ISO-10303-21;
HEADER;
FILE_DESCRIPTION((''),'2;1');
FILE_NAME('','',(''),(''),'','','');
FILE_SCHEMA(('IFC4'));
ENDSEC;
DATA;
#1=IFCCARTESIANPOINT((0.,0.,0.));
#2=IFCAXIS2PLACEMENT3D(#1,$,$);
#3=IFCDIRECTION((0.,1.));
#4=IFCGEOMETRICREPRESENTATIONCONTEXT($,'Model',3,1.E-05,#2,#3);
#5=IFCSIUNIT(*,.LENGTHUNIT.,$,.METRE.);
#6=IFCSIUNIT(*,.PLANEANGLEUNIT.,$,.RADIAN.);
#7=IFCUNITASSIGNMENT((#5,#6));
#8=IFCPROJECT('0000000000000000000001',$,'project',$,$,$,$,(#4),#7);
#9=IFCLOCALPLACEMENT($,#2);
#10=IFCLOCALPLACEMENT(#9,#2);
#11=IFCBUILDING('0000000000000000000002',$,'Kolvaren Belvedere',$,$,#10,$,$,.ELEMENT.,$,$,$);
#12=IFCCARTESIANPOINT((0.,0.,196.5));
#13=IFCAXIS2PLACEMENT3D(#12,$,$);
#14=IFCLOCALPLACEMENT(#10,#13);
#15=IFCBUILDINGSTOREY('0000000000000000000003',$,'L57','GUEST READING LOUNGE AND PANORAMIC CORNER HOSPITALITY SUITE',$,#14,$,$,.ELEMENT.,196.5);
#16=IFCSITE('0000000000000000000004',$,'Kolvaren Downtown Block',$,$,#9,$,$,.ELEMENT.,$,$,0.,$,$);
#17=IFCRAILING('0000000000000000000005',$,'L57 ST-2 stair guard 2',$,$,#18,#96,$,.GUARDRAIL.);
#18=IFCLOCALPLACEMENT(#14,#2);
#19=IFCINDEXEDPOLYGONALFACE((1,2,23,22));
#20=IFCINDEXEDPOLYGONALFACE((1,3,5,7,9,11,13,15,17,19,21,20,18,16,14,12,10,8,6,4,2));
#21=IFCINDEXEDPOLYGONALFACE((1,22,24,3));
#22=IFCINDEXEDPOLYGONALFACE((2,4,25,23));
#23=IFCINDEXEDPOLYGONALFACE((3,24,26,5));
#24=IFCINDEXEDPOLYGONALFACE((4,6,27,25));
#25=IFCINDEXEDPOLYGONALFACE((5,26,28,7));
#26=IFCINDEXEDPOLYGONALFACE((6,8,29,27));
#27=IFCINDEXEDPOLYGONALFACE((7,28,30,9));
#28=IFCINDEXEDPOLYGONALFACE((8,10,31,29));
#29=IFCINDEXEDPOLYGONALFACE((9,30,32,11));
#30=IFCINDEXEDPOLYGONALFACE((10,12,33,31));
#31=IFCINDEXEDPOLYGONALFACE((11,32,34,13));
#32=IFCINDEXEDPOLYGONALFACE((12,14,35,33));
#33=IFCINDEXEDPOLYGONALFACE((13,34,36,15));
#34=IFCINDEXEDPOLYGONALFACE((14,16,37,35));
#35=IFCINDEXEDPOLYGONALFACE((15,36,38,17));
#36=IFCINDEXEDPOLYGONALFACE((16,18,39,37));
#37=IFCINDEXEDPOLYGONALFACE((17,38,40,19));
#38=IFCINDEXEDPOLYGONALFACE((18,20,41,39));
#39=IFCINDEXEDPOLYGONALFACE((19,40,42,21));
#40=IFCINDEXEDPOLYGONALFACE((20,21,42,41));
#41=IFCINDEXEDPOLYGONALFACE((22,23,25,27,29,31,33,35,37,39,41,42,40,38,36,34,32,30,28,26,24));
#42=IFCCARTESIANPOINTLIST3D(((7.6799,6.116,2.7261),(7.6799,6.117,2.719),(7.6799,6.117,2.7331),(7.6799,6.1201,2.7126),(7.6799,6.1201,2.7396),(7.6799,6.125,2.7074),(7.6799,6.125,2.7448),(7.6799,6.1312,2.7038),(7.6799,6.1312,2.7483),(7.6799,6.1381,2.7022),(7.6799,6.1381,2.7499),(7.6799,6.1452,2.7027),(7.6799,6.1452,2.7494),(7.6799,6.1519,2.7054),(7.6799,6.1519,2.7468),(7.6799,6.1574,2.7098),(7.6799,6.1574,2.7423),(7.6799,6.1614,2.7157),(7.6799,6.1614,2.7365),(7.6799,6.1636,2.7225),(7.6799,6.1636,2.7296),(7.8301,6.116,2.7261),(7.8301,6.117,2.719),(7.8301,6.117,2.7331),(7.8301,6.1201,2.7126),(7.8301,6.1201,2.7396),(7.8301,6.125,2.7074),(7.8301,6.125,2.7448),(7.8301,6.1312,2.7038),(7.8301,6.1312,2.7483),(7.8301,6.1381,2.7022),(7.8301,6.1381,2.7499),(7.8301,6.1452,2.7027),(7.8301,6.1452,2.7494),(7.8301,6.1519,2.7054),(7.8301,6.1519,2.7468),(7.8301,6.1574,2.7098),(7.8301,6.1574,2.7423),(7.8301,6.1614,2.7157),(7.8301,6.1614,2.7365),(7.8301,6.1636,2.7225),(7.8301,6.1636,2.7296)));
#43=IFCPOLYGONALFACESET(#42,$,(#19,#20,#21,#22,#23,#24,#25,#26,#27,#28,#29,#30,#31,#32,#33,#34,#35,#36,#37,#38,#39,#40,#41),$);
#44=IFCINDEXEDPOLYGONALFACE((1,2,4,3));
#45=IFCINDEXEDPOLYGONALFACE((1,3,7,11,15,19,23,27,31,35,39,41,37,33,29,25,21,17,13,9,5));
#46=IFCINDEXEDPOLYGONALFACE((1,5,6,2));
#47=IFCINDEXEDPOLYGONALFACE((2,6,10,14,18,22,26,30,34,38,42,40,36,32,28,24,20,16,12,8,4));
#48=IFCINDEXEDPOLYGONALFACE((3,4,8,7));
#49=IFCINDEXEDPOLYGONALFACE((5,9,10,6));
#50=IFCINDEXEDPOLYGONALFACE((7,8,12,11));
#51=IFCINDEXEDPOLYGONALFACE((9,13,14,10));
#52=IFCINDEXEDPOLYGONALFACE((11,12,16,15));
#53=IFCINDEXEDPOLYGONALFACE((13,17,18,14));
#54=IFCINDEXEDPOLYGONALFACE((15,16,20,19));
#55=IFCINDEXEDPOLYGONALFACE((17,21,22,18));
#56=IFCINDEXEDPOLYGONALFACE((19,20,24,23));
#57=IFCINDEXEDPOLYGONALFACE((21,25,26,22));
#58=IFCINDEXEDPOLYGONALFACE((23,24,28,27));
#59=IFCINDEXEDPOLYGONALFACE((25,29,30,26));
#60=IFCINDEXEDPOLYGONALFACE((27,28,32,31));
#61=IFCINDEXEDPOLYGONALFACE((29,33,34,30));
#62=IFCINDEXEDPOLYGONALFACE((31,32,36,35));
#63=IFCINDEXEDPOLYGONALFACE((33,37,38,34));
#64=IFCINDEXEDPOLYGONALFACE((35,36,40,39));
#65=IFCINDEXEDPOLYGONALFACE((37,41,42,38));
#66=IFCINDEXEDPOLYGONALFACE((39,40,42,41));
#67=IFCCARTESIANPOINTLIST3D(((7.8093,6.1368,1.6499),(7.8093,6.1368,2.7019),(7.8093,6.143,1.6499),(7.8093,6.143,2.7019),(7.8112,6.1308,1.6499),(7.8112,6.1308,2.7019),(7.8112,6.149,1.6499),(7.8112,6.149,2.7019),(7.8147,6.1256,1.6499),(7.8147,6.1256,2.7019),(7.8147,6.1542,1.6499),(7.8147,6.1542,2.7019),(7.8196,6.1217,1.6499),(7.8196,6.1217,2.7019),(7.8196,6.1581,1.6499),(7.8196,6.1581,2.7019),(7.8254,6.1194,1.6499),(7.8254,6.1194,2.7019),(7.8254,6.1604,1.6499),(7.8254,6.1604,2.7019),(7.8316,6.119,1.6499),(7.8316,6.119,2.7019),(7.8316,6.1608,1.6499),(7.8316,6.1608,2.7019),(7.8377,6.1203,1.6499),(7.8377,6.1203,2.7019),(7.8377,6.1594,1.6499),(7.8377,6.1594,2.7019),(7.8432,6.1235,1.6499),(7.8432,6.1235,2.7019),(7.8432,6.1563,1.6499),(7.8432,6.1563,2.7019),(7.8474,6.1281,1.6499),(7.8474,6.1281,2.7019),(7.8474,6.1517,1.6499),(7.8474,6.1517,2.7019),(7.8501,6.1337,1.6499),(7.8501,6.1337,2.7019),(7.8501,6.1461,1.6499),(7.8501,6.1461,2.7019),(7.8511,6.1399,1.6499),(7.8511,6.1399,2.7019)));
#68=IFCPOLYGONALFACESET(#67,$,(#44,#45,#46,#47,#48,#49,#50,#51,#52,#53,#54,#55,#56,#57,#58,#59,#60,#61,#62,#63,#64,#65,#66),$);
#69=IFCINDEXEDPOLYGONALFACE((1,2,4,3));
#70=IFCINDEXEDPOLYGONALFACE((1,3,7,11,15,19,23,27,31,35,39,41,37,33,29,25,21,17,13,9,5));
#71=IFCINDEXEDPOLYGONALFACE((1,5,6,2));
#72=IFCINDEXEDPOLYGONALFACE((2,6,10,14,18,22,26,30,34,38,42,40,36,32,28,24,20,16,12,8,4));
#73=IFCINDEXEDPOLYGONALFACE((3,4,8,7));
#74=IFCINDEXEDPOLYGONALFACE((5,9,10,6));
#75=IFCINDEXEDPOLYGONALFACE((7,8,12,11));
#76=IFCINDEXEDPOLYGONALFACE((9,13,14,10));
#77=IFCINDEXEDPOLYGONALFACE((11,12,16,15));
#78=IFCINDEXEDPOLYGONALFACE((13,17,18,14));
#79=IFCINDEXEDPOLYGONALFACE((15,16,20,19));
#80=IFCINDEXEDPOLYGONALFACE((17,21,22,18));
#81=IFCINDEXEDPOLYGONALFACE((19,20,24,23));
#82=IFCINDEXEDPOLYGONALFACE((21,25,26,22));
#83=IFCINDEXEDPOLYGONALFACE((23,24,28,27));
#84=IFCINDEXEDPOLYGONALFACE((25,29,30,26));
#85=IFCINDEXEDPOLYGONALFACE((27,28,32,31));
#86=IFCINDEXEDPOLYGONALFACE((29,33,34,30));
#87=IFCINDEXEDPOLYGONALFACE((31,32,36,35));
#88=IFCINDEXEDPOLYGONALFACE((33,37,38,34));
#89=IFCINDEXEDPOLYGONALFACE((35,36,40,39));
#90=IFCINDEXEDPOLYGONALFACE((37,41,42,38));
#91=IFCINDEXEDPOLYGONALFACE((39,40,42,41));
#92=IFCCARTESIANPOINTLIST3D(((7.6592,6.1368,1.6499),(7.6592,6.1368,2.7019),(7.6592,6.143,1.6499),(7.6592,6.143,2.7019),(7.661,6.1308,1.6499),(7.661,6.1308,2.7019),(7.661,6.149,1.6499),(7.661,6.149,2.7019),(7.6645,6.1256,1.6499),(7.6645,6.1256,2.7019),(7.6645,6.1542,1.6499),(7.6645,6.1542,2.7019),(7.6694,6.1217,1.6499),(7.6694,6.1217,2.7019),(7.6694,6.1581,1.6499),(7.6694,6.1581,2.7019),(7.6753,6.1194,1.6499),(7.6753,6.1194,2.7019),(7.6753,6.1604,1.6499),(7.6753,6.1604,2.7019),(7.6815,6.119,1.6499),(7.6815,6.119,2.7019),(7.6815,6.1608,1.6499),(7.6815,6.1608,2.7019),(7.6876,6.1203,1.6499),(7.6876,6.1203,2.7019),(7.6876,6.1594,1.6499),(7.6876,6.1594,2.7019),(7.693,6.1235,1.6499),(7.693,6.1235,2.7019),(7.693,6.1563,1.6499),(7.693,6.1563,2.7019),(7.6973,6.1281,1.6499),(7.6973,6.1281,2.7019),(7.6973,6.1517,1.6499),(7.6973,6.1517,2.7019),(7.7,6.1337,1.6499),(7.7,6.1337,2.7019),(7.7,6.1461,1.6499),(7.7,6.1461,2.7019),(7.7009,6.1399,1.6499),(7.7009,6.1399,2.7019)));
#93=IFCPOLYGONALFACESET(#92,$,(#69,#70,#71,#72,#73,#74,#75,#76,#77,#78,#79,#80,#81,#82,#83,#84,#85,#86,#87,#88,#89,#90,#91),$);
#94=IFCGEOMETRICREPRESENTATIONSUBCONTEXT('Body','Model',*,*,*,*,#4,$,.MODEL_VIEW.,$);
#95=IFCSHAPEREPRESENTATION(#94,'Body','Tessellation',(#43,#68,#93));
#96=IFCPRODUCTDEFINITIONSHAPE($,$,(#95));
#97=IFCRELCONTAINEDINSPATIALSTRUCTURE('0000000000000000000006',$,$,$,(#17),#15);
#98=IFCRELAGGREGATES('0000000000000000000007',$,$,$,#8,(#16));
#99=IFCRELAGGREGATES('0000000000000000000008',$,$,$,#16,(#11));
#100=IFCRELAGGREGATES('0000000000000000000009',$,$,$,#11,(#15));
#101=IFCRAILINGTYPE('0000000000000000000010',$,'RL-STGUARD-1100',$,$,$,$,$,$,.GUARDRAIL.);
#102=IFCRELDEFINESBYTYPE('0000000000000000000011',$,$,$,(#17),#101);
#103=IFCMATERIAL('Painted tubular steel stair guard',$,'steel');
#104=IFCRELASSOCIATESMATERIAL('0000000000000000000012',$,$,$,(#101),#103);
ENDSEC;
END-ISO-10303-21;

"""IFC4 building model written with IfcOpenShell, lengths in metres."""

from ifc_helpers import new_model, si_unit, direction, frame, origin, origin_2d, place, context, subcontext, project, spatial, circle, extrude, material, type_object, element, save


model = new_model("IFC4")

# Units and contexts
model_context = context("Model", 3, precision=1e-05, world=origin(), true_north=direction((0.0, 1.0)))
body_context = subcontext(model_context, "Body", "Model", "MODEL_VIEW")
ifc_project = project(units=[si_unit("LENGTHUNIT", "METRE"), si_unit("PLANEANGLEUNIT", "RADIAN")], contexts=[model_context])

# Site, building, storey
site_placement = place(None, origin())
site = spatial("IfcSite", under=ifc_project, at=site_placement, Name="Kolvaren Downtown Block", CompositionType="ELEMENT", RefElevation=0.0)
building_placement = place(site_placement, origin())
building = spatial("IfcBuilding", under=site, at=building_placement, Name="Kolvaren Belvedere", CompositionType="ELEMENT")
storey_placement = place(building_placement, frame((0.0, 0.0, 196.5)))
storey = spatial("IfcBuildingStorey", under=building, at=storey_placement, Name="L57", Description="GUEST READING LOUNGE AND PANORAMIC CORNER HOSPITALITY SUITE", CompositionType="ELEMENT", Elevation=196.5)

# Railing
ifc_material_1 = material(Name="Painted tubular steel stair guard", Category="steel")
railing_type_1 = type_object("IfcRailingType", Name="RL-STGUARD-1100", PredefinedType="GUARDRAIL", material=ifc_material_1)
railing_1_placement = place(storey_placement, frame((7.8301, 6.1399, 1.6499)))
element("IfcRailing", 1, at=railing_1_placement, inside=storey, type_object=railing_type_1, Name="L57 ST-2 stair guard 2", PredefinedType="GUARDRAIL", context=body_context, shape_type="SweptSolid", body=[
    extrude(circle(Radius=0.0239, at=origin_2d()), frame((0.0, 0.0, 1.0762), z_axis=(-1.0, 0.0, 0.0), x_axis=(0.0, -1.0, 0.0)), (0.0, 0.0, 1.0), 0.1501),
    extrude(circle(Radius=0.021, at=origin_2d()), origin(), (0.0, 0.0, 1.0), 1.052),
    extrude(circle(Radius=0.021, at=origin_2d()), frame((-0.1501, 0.0, 0.0)), (0.0, 0.0, 1.0), 1.052),
])

save(model, "model.ifc")
